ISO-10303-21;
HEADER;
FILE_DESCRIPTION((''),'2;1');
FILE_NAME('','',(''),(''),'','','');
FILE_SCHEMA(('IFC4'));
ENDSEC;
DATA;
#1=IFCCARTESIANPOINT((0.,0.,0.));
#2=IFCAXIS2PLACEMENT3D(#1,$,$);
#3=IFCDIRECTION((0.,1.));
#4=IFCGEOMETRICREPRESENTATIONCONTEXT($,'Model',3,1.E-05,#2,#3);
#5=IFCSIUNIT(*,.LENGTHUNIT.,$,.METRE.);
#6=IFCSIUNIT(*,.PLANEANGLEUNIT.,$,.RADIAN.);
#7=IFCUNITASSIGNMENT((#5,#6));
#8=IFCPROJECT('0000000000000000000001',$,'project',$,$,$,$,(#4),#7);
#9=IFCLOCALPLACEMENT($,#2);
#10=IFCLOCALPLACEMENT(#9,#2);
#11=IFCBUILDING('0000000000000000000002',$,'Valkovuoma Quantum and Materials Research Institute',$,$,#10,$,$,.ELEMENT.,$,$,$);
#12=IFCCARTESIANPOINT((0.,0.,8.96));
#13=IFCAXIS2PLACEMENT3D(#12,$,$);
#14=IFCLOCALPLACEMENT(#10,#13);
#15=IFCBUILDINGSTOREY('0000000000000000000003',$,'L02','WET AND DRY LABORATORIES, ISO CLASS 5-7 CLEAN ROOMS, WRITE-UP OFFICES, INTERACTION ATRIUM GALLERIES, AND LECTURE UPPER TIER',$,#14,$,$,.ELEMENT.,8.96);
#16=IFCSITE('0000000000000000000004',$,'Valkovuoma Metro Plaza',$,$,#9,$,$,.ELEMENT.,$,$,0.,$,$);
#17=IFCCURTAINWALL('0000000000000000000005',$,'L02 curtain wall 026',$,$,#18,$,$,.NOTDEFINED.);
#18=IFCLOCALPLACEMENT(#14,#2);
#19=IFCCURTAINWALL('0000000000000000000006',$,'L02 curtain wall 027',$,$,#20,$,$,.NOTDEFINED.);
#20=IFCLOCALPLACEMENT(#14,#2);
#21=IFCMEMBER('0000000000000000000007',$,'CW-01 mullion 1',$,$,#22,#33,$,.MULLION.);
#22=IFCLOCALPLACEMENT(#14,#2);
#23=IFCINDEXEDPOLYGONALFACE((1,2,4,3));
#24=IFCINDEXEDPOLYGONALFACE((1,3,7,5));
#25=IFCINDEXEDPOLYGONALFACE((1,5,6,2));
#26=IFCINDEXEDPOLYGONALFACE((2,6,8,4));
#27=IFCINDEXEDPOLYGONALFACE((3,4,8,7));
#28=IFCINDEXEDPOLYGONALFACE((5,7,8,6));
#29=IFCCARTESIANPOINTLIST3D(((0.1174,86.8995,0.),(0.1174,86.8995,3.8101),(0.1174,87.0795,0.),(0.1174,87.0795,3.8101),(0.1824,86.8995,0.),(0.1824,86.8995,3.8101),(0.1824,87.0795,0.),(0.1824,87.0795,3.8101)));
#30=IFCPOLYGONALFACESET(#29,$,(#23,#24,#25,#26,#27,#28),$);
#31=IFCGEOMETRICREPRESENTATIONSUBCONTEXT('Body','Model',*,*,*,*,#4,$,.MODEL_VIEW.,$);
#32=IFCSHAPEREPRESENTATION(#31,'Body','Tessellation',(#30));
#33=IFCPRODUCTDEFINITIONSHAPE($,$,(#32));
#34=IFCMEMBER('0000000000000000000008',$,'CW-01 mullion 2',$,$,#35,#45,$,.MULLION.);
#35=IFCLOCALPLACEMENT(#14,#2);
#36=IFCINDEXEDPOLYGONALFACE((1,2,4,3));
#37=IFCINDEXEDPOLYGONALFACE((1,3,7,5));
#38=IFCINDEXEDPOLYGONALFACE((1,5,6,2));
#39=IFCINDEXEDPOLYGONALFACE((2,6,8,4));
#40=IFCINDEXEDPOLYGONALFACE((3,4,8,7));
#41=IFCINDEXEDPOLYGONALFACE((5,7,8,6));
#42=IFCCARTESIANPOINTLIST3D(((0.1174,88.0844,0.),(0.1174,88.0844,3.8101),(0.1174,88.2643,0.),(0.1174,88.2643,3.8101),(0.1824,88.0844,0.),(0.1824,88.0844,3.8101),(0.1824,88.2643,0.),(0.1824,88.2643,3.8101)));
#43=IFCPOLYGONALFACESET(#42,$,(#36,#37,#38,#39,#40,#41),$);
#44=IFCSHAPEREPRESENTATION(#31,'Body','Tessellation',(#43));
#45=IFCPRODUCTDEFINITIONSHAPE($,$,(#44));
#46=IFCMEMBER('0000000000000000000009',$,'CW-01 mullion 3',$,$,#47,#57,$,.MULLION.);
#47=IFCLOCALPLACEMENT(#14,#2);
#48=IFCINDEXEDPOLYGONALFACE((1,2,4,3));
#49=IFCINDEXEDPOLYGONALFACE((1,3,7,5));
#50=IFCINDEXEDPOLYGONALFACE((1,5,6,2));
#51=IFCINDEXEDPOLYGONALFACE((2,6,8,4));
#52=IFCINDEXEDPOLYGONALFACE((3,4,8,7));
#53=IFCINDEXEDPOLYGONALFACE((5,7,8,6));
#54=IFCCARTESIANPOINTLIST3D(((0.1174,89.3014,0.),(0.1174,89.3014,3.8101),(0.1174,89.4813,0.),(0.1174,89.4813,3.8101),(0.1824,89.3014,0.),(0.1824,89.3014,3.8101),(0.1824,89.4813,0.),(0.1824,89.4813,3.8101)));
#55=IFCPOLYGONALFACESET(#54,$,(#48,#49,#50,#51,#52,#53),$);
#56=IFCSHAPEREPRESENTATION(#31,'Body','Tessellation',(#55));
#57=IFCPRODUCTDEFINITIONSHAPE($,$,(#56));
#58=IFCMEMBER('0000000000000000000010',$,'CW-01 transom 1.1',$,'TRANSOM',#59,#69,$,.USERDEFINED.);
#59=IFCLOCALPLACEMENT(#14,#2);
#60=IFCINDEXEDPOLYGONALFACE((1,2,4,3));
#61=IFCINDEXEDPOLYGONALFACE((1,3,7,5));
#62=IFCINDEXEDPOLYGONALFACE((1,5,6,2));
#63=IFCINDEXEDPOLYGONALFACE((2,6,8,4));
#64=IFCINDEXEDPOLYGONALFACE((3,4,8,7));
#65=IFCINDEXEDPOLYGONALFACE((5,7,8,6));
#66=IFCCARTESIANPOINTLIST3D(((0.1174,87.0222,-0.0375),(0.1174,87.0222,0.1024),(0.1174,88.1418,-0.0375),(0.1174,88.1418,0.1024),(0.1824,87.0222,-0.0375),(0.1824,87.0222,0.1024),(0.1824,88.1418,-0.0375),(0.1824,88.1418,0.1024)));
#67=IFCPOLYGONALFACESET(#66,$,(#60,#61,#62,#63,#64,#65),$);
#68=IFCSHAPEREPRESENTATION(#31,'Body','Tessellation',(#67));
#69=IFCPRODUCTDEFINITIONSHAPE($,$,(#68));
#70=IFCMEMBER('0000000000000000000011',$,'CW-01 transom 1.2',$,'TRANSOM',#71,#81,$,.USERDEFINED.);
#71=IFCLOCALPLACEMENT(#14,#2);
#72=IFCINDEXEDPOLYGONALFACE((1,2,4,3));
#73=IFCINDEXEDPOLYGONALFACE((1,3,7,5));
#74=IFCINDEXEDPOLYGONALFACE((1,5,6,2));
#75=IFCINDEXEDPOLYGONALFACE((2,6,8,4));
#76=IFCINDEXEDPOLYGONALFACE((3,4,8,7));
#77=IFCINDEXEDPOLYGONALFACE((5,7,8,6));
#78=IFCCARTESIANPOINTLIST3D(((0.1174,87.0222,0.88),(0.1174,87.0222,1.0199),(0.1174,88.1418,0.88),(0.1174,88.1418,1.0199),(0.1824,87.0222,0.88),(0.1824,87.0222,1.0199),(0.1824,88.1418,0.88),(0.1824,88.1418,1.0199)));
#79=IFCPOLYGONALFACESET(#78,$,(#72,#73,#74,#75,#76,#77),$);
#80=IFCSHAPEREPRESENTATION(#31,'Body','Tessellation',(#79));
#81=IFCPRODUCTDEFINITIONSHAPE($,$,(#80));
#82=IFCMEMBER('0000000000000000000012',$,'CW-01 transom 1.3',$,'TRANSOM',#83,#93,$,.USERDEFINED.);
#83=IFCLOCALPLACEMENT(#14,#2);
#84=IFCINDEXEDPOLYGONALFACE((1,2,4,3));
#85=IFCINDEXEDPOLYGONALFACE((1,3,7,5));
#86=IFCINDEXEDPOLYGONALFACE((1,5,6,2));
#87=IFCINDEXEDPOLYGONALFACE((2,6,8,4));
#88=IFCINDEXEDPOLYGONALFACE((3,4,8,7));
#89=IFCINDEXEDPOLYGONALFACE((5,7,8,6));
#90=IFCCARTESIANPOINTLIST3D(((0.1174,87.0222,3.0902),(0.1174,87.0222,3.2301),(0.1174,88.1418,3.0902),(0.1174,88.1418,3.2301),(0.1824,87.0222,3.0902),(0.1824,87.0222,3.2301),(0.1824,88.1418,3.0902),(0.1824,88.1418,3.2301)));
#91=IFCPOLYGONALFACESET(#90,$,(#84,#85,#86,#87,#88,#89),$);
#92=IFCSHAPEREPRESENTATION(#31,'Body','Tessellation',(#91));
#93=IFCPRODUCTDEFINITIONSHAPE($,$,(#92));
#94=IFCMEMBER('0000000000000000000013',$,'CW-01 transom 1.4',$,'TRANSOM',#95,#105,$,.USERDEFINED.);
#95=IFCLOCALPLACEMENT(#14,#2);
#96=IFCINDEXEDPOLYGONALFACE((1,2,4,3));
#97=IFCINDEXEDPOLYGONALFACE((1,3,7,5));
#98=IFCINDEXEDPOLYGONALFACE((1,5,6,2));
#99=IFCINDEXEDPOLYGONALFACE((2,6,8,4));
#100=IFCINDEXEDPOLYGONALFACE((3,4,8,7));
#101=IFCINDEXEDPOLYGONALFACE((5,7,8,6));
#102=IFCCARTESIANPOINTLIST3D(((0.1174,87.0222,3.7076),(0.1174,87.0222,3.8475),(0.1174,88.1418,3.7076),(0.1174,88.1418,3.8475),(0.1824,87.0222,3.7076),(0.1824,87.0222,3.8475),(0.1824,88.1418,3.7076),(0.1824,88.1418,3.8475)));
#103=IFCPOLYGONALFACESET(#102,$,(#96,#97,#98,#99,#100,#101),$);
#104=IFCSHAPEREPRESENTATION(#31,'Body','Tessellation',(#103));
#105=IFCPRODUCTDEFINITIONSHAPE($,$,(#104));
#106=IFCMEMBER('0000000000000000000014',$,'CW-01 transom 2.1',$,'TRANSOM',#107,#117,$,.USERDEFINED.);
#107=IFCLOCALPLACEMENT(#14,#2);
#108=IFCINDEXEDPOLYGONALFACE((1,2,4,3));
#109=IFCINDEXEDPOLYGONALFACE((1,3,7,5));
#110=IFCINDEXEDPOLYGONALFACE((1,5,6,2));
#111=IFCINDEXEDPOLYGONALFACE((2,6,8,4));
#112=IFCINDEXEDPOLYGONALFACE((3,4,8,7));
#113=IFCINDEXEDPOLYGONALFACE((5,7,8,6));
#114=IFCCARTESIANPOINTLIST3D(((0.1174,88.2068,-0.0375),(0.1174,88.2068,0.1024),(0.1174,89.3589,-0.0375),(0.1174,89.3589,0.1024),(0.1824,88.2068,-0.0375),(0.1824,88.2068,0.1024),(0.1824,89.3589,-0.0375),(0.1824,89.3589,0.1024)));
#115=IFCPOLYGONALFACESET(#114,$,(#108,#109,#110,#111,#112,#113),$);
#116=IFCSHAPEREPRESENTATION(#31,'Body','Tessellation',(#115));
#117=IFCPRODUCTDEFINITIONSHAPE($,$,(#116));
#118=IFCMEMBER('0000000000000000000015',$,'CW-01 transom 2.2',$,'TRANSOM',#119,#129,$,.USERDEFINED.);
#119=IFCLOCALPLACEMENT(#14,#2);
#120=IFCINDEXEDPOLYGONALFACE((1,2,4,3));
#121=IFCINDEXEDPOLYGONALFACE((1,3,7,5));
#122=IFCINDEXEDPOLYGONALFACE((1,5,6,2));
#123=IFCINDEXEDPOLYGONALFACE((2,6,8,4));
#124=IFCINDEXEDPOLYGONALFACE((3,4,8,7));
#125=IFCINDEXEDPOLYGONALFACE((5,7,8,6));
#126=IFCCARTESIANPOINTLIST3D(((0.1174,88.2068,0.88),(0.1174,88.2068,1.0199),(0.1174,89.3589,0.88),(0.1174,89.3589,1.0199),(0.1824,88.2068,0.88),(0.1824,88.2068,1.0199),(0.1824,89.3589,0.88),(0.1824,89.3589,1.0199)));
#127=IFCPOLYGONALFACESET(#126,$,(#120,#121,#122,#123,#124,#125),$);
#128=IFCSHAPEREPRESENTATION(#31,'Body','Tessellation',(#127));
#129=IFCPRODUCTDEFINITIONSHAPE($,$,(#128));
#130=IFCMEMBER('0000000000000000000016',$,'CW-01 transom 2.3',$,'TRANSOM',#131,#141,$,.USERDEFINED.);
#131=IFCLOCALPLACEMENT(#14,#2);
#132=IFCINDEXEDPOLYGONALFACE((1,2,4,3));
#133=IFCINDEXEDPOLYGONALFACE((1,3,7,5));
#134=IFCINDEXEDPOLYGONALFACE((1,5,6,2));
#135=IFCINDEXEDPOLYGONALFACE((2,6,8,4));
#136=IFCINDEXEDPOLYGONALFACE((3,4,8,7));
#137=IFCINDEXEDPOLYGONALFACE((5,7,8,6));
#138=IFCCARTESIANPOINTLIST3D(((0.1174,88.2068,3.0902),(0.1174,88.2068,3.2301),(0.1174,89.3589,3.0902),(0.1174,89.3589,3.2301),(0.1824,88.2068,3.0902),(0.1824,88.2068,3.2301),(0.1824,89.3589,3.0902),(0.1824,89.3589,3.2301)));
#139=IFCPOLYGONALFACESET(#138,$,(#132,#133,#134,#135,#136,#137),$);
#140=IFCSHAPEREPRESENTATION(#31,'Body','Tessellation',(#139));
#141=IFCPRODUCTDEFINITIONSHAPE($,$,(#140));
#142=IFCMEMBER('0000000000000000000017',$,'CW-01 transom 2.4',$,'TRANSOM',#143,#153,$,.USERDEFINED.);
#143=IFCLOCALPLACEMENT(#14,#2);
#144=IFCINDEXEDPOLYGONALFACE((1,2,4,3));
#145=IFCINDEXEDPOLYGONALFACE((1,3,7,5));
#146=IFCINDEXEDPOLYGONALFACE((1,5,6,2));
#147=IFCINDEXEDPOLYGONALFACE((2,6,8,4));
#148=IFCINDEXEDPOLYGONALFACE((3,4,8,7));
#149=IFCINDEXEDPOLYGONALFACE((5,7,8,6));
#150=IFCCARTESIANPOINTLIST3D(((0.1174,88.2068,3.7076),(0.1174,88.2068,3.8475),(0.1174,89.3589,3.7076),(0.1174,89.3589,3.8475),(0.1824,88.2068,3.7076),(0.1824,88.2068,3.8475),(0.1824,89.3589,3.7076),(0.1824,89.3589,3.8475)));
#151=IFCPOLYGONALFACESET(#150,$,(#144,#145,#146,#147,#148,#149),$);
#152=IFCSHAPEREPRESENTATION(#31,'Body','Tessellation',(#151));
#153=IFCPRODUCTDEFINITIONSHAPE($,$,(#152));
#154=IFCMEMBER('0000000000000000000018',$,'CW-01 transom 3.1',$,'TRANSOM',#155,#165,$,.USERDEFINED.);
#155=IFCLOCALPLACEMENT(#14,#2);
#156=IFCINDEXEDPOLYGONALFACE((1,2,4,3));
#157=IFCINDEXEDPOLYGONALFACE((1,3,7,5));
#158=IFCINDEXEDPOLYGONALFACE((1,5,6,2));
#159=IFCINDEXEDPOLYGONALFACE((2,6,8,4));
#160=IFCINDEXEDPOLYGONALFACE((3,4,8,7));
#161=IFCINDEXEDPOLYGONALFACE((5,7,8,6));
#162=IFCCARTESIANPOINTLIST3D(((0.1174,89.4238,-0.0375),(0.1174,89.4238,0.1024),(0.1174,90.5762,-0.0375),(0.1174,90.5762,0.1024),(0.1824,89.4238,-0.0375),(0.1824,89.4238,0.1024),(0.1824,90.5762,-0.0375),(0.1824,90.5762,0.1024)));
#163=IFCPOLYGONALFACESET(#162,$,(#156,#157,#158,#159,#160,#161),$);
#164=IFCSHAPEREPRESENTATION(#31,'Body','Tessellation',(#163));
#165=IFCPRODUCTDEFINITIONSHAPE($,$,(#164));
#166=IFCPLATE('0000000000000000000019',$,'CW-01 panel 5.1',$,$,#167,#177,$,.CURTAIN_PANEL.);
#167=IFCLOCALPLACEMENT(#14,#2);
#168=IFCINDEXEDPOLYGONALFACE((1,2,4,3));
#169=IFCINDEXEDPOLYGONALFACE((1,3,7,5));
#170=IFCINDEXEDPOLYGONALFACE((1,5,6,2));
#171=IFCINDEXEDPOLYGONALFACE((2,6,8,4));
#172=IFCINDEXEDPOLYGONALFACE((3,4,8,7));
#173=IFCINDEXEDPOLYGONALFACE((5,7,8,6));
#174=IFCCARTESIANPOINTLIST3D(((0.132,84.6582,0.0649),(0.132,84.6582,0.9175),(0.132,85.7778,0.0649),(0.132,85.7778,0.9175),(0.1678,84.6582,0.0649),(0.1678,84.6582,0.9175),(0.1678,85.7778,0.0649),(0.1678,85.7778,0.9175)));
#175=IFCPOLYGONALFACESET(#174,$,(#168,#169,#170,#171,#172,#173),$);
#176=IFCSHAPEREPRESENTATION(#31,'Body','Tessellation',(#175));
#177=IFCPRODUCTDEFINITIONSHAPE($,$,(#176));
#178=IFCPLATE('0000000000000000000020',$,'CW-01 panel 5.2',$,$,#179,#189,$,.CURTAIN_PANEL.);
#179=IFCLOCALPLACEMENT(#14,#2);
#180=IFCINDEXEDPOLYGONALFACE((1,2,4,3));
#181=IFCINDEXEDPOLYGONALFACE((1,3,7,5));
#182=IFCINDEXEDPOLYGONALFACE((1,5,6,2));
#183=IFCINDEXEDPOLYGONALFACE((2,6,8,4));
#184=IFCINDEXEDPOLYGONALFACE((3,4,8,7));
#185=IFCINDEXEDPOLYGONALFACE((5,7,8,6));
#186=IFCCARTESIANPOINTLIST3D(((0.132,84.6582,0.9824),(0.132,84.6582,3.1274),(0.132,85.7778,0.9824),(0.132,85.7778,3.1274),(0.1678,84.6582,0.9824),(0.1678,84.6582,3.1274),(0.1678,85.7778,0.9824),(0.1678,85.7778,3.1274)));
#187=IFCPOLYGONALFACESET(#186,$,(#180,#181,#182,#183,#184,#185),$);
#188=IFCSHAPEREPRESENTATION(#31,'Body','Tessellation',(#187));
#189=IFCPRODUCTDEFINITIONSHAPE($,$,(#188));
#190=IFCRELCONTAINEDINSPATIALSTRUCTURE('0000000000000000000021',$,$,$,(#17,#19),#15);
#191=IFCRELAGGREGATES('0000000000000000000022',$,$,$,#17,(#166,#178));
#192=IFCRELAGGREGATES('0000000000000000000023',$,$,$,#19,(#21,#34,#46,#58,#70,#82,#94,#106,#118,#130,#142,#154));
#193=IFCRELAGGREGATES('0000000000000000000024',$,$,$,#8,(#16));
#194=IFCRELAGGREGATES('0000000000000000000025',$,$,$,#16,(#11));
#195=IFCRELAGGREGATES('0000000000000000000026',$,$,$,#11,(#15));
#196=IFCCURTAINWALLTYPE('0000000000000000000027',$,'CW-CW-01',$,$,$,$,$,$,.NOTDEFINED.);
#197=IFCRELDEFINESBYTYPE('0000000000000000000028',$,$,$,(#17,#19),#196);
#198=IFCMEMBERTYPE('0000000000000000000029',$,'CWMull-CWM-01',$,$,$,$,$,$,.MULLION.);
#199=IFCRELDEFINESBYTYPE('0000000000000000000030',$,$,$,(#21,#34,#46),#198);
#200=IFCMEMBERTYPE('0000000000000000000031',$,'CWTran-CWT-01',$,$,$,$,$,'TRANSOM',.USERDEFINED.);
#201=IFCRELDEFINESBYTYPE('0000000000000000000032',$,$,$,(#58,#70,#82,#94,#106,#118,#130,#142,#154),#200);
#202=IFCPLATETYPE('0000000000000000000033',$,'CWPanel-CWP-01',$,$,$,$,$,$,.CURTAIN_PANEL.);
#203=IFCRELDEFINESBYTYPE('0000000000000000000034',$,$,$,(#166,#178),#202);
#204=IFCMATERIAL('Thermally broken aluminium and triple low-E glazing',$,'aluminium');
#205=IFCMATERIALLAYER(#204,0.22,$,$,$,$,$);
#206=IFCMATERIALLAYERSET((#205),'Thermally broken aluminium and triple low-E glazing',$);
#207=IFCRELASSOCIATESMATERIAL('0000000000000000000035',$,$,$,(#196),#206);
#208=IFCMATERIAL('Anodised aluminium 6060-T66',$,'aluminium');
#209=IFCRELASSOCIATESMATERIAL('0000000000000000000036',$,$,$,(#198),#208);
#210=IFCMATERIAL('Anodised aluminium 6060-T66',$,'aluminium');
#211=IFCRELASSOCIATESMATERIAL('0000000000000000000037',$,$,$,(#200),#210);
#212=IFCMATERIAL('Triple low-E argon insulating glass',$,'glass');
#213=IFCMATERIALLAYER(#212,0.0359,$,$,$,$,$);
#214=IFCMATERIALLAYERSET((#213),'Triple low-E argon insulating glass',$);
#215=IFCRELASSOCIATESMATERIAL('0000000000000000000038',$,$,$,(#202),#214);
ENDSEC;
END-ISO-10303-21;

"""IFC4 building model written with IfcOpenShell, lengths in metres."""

from ifc_helpers import new_model, si_unit, direction, frame, origin, origin_2d, place, context, subcontext, project, spatial, rectangle, extrude, material, layer, layer_set, material_profile, profile_set, type_object, element, aggregate, save


model = new_model("IFC4")

# Units and contexts
model_context = context("Model", 3, precision=1e-05, world=origin(), true_north=direction((0.0, 1.0)))
body_context = subcontext(model_context, "Body", "Model", "MODEL_VIEW")
ifc_project = project(units=[si_unit("LENGTHUNIT", "METRE"), si_unit("PLANEANGLEUNIT", "RADIAN")], contexts=[model_context])

# Site, building, storey
site_placement = place(None, origin())
site = spatial("IfcSite", under=ifc_project, at=site_placement, Name="Valkovuoma Metro Plaza", CompositionType="ELEMENT", RefElevation=0.0)
building_placement = place(site_placement, origin())
building = spatial("IfcBuilding", under=site, at=building_placement, Name="Valkovuoma Quantum and Materials Research Institute", CompositionType="ELEMENT")
storey_placement = place(building_placement, frame((0.0, 0.0, 8.96)))
storey = spatial("IfcBuildingStorey", under=building, at=storey_placement, Name="L02", Description="WET AND DRY LABORATORIES, ISO CLASS 5-7 CLEAN ROOMS, WRITE-UP OFFICES, INTERACTION ATRIUM GALLERIES, AND LECTURE UPPER TIER", CompositionType="ELEMENT", Elevation=8.96)

# Curtain wall
ifc_material_1 = material(Name="Thermally broken aluminium and triple low-E glazing", Category="aluminium")
ifc_layer_1 = layer(ifc_material_1, 0.22)
ifc_layer_set_1 = layer_set([ifc_layer_1], Name="Thermally broken aluminium and triple low-E glazing")
curtain_wall_type = type_object("IfcCurtainWallType", Name="CW-CW-01", PredefinedType="NOTDEFINED", material=ifc_layer_set_1)
curtain_wall_1_placement = place(storey_placement, origin())
curtain_wall_1 = element("IfcCurtainWall", 1, at=curtain_wall_1_placement, inside=storey, type_object=curtain_wall_type, Name="L02 curtain wall 026", PredefinedType="NOTDEFINED")
ifc_material_2 = material(Name="Anodised aluminium 6060-T66", Category="aluminium")
ifc_material_profile_1 = material_profile(ifc_material_2, rectangle(XDim=0.0649, YDim=0.1799, at=origin_2d()), Name="Anodised aluminium 6060-T66")
ifc_profile_set_1 = profile_set([ifc_material_profile_1], Name="Anodised aluminium 6060-T66")
member_type_1 = type_object("IfcMemberType", Name="CWMull-CWM-01", PredefinedType="MULLION", material=ifc_profile_set_1)

# Curtain wall, members
curtain_wall_2_placement = place(storey_placement, origin())
curtain_wall_2 = element("IfcCurtainWall", 2, at=curtain_wall_2_placement, inside=storey, type_object=curtain_wall_type, Name="L02 curtain wall 027", PredefinedType="NOTDEFINED")
member_1_placement = place(storey_placement, frame((0.1499, 86.9895, 0.0), z_axis=(0.0, 0.0, 1.0), x_axis=(-1.0, 0.0, 0.0)))
member_1 = element("IfcMember", 3, at=member_1_placement, type_object=member_type_1, Name="CW-01 mullion 1", PredefinedType="MULLION", context=body_context, shape_type="SweptSolid", body=[
    extrude(rectangle(XDim=0.0649, YDim=0.1799, at=origin_2d()), origin(), (0.0, 0.0, 1.0), 3.8101),
])
member_2_placement = place(storey_placement, frame((0.1499, 88.1743, 0.0), z_axis=(0.0, 0.0, 1.0), x_axis=(-1.0, 0.0, 0.0)))
member_2 = element("IfcMember", 4, at=member_2_placement, type_object=member_type_1, Name="CW-01 mullion 2", PredefinedType="MULLION", context=body_context, shape_type="SweptSolid", body=[
    extrude(rectangle(XDim=0.0649, YDim=0.1799, at=origin_2d()), origin(), (0.0, 0.0, 1.0), 3.8101),
])
member_3_placement = place(storey_placement, frame((0.1499, 89.3914, 0.0), z_axis=(0.0, 0.0, 1.0), x_axis=(-1.0, 0.0, 0.0)))
member_3 = element("IfcMember", 5, at=member_3_placement, type_object=member_type_1, Name="CW-01 mullion 3", PredefinedType="MULLION", context=body_context, shape_type="SweptSolid", body=[
    extrude(rectangle(XDim=0.0649, YDim=0.1799, at=origin_2d()), origin(), (0.0, 0.0, 1.0), 3.8101),
])
ifc_material_3 = material(Name="Anodised aluminium 6060-T66", Category="aluminium")
ifc_material_profile_2 = material_profile(ifc_material_3, rectangle(XDim=0.0649, YDim=0.1399, at=origin_2d()), Name="Anodised aluminium 6060-T66")
ifc_profile_set_2 = profile_set([ifc_material_profile_2], Name="Anodised aluminium 6060-T66")
member_type_2 = type_object("IfcMemberType", Name="CWTran-CWT-01", ElementType="TRANSOM", PredefinedType="USERDEFINED", material=ifc_profile_set_2)
member_4_placement = place(storey_placement, frame((0.1499, 87.0222, 0.0325), z_axis=(0.0, 1.0, 0.0), x_axis=(-1.0, 0.0, 0.0)))
member_4 = element("IfcMember", 6, at=member_4_placement, type_object=member_type_2, Name="CW-01 transom 1.1", ObjectType="TRANSOM", PredefinedType="USERDEFINED", context=body_context, shape_type="SweptSolid", body=[
    extrude(rectangle(XDim=0.0649, YDim=0.1399, at=origin_2d()), origin(), (0.0, 0.0, 1.0), 1.1196),
])
member_5_placement = place(storey_placement, frame((0.1499, 87.0222, 0.95), z_axis=(0.0, 1.0, 0.0), x_axis=(-1.0, 0.0, 0.0)))
member_5 = element("IfcMember", 7, at=member_5_placement, type_object=member_type_2, Name="CW-01 transom 1.2", ObjectType="TRANSOM", PredefinedType="USERDEFINED", context=body_context, shape_type="SweptSolid", body=[
    extrude(rectangle(XDim=0.0649, YDim=0.1399, at=origin_2d()), origin(), (0.0, 0.0, 1.0), 1.1196),
])
member_6_placement = place(storey_placement, frame((0.1499, 87.0222, 3.1602), z_axis=(0.0, 1.0, 0.0), x_axis=(-1.0, 0.0, 0.0)))
member_6 = element("IfcMember", 8, at=member_6_placement, type_object=member_type_2, Name="CW-01 transom 1.3", ObjectType="TRANSOM", PredefinedType="USERDEFINED", context=body_context, shape_type="SweptSolid", body=[
    extrude(rectangle(XDim=0.0649, YDim=0.1399, at=origin_2d()), origin(), (0.0, 0.0, 1.0), 1.1196),
])
member_7_placement = place(storey_placement, frame((0.1499, 87.0222, 3.7776), z_axis=(0.0, 1.0, 0.0), x_axis=(-1.0, 0.0, 0.0)))
member_7 = element("IfcMember", 9, at=member_7_placement, type_object=member_type_2, Name="CW-01 transom 1.4", ObjectType="TRANSOM", PredefinedType="USERDEFINED", context=body_context, shape_type="SweptSolid", body=[
    extrude(rectangle(XDim=0.0649, YDim=0.1399, at=origin_2d()), origin(), (0.0, 0.0, 1.0), 1.1196),
])
member_8_placement = place(storey_placement, frame((0.1499, 88.2068, 0.0325), z_axis=(0.0, 1.0, 0.0), x_axis=(-1.0, 0.0, 0.0)))
member_8 = element("IfcMember", 10, at=member_8_placement, type_object=member_type_2, Name="CW-01 transom 2.1", ObjectType="TRANSOM", PredefinedType="USERDEFINED", context=body_context, shape_type="SweptSolid", body=[
    extrude(rectangle(XDim=0.0649, YDim=0.1399, at=origin_2d()), origin(), (0.0, 0.0, 1.0), 1.1521),
])
member_9_placement = place(storey_placement, frame((0.1499, 88.2068, 0.95), z_axis=(0.0, 1.0, 0.0), x_axis=(-1.0, 0.0, 0.0)))
member_9 = element("IfcMember", 11, at=member_9_placement, type_object=member_type_2, Name="CW-01 transom 2.2", ObjectType="TRANSOM", PredefinedType="USERDEFINED", context=body_context, shape_type="SweptSolid", body=[
    extrude(rectangle(XDim=0.0649, YDim=0.1399, at=origin_2d()), origin(), (0.0, 0.0, 1.0), 1.1521),
])
member_10_placement = place(storey_placement, frame((0.1499, 88.2068, 3.1602), z_axis=(0.0, 1.0, 0.0), x_axis=(-1.0, 0.0, 0.0)))
member_10 = element("IfcMember", 12, at=member_10_placement, type_object=member_type_2, Name="CW-01 transom 2.3", ObjectType="TRANSOM", PredefinedType="USERDEFINED", context=body_context, shape_type="SweptSolid", body=[
    extrude(rectangle(XDim=0.0649, YDim=0.1399, at=origin_2d()), origin(), (0.0, 0.0, 1.0), 1.1521),
])
member_11_placement = place(storey_placement, frame((0.1499, 88.2068, 3.7776), z_axis=(0.0, 1.0, 0.0), x_axis=(-1.0, 0.0, 0.0)))
member_11 = element("IfcMember", 13, at=member_11_placement, type_object=member_type_2, Name="CW-01 transom 2.4", ObjectType="TRANSOM", PredefinedType="USERDEFINED", context=body_context, shape_type="SweptSolid", body=[
    extrude(rectangle(XDim=0.0649, YDim=0.1399, at=origin_2d()), origin(), (0.0, 0.0, 1.0), 1.1521),
])
member_12_placement = place(storey_placement, frame((0.1499, 89.4238, 0.0325), z_axis=(0.0, 1.0, 0.0), x_axis=(-1.0, 0.0, 0.0)))
member_12 = element("IfcMember", 14, at=member_12_placement, type_object=member_type_2, Name="CW-01 transom 3.1", ObjectType="TRANSOM", PredefinedType="USERDEFINED", context=body_context, shape_type="SweptSolid", body=[
    extrude(rectangle(XDim=0.0649, YDim=0.1399, at=origin_2d()), origin(), (0.0, 0.0, 1.0), 1.1523),
])

# Plates
ifc_material_4 = material(Name="Triple low-E argon insulating glass", Category="glass")
ifc_layer_2 = layer(ifc_material_4, 0.0359)
ifc_layer_set_2 = layer_set([ifc_layer_2], Name="Triple low-E argon insulating glass")
plate_type = type_object("IfcPlateType", Name="CWPanel-CWP-01", PredefinedType="CURTAIN_PANEL", material=ifc_layer_set_2)
plate_1_placement = place(storey_placement, frame((0.1499, 85.218, 0.0649), z_axis=(0.0, 0.0, 1.0), x_axis=(0.0, 1.0, 0.0)))
plate_1 = element("IfcPlate", 15, at=plate_1_placement, type_object=plate_type, Name="CW-01 panel 5.1", PredefinedType="CURTAIN_PANEL", context=body_context, shape_type="SweptSolid", body=[
    extrude(rectangle(XDim=1.1196, YDim=0.0359, at=origin_2d()), origin(), (0.0, 0.0, 1.0), 0.8525),
])
plate_2_placement = place(storey_placement, frame((0.1499, 85.218, 0.9824), z_axis=(0.0, 0.0, 1.0), x_axis=(0.0, 1.0, 0.0)))
plate_2 = element("IfcPlate", 16, at=plate_2_placement, type_object=plate_type, Name="CW-01 panel 5.2", PredefinedType="CURTAIN_PANEL", context=body_context, shape_type="SweptSolid", body=[
    extrude(rectangle(XDim=1.1196, YDim=0.0359, at=origin_2d()), origin(), (0.0, 0.0, 1.0), 2.145),
])
aggregate(curtain_wall_1, [plate_1, plate_2])
aggregate(curtain_wall_2, [member_1, member_2, member_3, member_4, member_5, member_6, member_7, member_8, member_9, member_10, member_11, member_12])

save(model, "model.ifc")
